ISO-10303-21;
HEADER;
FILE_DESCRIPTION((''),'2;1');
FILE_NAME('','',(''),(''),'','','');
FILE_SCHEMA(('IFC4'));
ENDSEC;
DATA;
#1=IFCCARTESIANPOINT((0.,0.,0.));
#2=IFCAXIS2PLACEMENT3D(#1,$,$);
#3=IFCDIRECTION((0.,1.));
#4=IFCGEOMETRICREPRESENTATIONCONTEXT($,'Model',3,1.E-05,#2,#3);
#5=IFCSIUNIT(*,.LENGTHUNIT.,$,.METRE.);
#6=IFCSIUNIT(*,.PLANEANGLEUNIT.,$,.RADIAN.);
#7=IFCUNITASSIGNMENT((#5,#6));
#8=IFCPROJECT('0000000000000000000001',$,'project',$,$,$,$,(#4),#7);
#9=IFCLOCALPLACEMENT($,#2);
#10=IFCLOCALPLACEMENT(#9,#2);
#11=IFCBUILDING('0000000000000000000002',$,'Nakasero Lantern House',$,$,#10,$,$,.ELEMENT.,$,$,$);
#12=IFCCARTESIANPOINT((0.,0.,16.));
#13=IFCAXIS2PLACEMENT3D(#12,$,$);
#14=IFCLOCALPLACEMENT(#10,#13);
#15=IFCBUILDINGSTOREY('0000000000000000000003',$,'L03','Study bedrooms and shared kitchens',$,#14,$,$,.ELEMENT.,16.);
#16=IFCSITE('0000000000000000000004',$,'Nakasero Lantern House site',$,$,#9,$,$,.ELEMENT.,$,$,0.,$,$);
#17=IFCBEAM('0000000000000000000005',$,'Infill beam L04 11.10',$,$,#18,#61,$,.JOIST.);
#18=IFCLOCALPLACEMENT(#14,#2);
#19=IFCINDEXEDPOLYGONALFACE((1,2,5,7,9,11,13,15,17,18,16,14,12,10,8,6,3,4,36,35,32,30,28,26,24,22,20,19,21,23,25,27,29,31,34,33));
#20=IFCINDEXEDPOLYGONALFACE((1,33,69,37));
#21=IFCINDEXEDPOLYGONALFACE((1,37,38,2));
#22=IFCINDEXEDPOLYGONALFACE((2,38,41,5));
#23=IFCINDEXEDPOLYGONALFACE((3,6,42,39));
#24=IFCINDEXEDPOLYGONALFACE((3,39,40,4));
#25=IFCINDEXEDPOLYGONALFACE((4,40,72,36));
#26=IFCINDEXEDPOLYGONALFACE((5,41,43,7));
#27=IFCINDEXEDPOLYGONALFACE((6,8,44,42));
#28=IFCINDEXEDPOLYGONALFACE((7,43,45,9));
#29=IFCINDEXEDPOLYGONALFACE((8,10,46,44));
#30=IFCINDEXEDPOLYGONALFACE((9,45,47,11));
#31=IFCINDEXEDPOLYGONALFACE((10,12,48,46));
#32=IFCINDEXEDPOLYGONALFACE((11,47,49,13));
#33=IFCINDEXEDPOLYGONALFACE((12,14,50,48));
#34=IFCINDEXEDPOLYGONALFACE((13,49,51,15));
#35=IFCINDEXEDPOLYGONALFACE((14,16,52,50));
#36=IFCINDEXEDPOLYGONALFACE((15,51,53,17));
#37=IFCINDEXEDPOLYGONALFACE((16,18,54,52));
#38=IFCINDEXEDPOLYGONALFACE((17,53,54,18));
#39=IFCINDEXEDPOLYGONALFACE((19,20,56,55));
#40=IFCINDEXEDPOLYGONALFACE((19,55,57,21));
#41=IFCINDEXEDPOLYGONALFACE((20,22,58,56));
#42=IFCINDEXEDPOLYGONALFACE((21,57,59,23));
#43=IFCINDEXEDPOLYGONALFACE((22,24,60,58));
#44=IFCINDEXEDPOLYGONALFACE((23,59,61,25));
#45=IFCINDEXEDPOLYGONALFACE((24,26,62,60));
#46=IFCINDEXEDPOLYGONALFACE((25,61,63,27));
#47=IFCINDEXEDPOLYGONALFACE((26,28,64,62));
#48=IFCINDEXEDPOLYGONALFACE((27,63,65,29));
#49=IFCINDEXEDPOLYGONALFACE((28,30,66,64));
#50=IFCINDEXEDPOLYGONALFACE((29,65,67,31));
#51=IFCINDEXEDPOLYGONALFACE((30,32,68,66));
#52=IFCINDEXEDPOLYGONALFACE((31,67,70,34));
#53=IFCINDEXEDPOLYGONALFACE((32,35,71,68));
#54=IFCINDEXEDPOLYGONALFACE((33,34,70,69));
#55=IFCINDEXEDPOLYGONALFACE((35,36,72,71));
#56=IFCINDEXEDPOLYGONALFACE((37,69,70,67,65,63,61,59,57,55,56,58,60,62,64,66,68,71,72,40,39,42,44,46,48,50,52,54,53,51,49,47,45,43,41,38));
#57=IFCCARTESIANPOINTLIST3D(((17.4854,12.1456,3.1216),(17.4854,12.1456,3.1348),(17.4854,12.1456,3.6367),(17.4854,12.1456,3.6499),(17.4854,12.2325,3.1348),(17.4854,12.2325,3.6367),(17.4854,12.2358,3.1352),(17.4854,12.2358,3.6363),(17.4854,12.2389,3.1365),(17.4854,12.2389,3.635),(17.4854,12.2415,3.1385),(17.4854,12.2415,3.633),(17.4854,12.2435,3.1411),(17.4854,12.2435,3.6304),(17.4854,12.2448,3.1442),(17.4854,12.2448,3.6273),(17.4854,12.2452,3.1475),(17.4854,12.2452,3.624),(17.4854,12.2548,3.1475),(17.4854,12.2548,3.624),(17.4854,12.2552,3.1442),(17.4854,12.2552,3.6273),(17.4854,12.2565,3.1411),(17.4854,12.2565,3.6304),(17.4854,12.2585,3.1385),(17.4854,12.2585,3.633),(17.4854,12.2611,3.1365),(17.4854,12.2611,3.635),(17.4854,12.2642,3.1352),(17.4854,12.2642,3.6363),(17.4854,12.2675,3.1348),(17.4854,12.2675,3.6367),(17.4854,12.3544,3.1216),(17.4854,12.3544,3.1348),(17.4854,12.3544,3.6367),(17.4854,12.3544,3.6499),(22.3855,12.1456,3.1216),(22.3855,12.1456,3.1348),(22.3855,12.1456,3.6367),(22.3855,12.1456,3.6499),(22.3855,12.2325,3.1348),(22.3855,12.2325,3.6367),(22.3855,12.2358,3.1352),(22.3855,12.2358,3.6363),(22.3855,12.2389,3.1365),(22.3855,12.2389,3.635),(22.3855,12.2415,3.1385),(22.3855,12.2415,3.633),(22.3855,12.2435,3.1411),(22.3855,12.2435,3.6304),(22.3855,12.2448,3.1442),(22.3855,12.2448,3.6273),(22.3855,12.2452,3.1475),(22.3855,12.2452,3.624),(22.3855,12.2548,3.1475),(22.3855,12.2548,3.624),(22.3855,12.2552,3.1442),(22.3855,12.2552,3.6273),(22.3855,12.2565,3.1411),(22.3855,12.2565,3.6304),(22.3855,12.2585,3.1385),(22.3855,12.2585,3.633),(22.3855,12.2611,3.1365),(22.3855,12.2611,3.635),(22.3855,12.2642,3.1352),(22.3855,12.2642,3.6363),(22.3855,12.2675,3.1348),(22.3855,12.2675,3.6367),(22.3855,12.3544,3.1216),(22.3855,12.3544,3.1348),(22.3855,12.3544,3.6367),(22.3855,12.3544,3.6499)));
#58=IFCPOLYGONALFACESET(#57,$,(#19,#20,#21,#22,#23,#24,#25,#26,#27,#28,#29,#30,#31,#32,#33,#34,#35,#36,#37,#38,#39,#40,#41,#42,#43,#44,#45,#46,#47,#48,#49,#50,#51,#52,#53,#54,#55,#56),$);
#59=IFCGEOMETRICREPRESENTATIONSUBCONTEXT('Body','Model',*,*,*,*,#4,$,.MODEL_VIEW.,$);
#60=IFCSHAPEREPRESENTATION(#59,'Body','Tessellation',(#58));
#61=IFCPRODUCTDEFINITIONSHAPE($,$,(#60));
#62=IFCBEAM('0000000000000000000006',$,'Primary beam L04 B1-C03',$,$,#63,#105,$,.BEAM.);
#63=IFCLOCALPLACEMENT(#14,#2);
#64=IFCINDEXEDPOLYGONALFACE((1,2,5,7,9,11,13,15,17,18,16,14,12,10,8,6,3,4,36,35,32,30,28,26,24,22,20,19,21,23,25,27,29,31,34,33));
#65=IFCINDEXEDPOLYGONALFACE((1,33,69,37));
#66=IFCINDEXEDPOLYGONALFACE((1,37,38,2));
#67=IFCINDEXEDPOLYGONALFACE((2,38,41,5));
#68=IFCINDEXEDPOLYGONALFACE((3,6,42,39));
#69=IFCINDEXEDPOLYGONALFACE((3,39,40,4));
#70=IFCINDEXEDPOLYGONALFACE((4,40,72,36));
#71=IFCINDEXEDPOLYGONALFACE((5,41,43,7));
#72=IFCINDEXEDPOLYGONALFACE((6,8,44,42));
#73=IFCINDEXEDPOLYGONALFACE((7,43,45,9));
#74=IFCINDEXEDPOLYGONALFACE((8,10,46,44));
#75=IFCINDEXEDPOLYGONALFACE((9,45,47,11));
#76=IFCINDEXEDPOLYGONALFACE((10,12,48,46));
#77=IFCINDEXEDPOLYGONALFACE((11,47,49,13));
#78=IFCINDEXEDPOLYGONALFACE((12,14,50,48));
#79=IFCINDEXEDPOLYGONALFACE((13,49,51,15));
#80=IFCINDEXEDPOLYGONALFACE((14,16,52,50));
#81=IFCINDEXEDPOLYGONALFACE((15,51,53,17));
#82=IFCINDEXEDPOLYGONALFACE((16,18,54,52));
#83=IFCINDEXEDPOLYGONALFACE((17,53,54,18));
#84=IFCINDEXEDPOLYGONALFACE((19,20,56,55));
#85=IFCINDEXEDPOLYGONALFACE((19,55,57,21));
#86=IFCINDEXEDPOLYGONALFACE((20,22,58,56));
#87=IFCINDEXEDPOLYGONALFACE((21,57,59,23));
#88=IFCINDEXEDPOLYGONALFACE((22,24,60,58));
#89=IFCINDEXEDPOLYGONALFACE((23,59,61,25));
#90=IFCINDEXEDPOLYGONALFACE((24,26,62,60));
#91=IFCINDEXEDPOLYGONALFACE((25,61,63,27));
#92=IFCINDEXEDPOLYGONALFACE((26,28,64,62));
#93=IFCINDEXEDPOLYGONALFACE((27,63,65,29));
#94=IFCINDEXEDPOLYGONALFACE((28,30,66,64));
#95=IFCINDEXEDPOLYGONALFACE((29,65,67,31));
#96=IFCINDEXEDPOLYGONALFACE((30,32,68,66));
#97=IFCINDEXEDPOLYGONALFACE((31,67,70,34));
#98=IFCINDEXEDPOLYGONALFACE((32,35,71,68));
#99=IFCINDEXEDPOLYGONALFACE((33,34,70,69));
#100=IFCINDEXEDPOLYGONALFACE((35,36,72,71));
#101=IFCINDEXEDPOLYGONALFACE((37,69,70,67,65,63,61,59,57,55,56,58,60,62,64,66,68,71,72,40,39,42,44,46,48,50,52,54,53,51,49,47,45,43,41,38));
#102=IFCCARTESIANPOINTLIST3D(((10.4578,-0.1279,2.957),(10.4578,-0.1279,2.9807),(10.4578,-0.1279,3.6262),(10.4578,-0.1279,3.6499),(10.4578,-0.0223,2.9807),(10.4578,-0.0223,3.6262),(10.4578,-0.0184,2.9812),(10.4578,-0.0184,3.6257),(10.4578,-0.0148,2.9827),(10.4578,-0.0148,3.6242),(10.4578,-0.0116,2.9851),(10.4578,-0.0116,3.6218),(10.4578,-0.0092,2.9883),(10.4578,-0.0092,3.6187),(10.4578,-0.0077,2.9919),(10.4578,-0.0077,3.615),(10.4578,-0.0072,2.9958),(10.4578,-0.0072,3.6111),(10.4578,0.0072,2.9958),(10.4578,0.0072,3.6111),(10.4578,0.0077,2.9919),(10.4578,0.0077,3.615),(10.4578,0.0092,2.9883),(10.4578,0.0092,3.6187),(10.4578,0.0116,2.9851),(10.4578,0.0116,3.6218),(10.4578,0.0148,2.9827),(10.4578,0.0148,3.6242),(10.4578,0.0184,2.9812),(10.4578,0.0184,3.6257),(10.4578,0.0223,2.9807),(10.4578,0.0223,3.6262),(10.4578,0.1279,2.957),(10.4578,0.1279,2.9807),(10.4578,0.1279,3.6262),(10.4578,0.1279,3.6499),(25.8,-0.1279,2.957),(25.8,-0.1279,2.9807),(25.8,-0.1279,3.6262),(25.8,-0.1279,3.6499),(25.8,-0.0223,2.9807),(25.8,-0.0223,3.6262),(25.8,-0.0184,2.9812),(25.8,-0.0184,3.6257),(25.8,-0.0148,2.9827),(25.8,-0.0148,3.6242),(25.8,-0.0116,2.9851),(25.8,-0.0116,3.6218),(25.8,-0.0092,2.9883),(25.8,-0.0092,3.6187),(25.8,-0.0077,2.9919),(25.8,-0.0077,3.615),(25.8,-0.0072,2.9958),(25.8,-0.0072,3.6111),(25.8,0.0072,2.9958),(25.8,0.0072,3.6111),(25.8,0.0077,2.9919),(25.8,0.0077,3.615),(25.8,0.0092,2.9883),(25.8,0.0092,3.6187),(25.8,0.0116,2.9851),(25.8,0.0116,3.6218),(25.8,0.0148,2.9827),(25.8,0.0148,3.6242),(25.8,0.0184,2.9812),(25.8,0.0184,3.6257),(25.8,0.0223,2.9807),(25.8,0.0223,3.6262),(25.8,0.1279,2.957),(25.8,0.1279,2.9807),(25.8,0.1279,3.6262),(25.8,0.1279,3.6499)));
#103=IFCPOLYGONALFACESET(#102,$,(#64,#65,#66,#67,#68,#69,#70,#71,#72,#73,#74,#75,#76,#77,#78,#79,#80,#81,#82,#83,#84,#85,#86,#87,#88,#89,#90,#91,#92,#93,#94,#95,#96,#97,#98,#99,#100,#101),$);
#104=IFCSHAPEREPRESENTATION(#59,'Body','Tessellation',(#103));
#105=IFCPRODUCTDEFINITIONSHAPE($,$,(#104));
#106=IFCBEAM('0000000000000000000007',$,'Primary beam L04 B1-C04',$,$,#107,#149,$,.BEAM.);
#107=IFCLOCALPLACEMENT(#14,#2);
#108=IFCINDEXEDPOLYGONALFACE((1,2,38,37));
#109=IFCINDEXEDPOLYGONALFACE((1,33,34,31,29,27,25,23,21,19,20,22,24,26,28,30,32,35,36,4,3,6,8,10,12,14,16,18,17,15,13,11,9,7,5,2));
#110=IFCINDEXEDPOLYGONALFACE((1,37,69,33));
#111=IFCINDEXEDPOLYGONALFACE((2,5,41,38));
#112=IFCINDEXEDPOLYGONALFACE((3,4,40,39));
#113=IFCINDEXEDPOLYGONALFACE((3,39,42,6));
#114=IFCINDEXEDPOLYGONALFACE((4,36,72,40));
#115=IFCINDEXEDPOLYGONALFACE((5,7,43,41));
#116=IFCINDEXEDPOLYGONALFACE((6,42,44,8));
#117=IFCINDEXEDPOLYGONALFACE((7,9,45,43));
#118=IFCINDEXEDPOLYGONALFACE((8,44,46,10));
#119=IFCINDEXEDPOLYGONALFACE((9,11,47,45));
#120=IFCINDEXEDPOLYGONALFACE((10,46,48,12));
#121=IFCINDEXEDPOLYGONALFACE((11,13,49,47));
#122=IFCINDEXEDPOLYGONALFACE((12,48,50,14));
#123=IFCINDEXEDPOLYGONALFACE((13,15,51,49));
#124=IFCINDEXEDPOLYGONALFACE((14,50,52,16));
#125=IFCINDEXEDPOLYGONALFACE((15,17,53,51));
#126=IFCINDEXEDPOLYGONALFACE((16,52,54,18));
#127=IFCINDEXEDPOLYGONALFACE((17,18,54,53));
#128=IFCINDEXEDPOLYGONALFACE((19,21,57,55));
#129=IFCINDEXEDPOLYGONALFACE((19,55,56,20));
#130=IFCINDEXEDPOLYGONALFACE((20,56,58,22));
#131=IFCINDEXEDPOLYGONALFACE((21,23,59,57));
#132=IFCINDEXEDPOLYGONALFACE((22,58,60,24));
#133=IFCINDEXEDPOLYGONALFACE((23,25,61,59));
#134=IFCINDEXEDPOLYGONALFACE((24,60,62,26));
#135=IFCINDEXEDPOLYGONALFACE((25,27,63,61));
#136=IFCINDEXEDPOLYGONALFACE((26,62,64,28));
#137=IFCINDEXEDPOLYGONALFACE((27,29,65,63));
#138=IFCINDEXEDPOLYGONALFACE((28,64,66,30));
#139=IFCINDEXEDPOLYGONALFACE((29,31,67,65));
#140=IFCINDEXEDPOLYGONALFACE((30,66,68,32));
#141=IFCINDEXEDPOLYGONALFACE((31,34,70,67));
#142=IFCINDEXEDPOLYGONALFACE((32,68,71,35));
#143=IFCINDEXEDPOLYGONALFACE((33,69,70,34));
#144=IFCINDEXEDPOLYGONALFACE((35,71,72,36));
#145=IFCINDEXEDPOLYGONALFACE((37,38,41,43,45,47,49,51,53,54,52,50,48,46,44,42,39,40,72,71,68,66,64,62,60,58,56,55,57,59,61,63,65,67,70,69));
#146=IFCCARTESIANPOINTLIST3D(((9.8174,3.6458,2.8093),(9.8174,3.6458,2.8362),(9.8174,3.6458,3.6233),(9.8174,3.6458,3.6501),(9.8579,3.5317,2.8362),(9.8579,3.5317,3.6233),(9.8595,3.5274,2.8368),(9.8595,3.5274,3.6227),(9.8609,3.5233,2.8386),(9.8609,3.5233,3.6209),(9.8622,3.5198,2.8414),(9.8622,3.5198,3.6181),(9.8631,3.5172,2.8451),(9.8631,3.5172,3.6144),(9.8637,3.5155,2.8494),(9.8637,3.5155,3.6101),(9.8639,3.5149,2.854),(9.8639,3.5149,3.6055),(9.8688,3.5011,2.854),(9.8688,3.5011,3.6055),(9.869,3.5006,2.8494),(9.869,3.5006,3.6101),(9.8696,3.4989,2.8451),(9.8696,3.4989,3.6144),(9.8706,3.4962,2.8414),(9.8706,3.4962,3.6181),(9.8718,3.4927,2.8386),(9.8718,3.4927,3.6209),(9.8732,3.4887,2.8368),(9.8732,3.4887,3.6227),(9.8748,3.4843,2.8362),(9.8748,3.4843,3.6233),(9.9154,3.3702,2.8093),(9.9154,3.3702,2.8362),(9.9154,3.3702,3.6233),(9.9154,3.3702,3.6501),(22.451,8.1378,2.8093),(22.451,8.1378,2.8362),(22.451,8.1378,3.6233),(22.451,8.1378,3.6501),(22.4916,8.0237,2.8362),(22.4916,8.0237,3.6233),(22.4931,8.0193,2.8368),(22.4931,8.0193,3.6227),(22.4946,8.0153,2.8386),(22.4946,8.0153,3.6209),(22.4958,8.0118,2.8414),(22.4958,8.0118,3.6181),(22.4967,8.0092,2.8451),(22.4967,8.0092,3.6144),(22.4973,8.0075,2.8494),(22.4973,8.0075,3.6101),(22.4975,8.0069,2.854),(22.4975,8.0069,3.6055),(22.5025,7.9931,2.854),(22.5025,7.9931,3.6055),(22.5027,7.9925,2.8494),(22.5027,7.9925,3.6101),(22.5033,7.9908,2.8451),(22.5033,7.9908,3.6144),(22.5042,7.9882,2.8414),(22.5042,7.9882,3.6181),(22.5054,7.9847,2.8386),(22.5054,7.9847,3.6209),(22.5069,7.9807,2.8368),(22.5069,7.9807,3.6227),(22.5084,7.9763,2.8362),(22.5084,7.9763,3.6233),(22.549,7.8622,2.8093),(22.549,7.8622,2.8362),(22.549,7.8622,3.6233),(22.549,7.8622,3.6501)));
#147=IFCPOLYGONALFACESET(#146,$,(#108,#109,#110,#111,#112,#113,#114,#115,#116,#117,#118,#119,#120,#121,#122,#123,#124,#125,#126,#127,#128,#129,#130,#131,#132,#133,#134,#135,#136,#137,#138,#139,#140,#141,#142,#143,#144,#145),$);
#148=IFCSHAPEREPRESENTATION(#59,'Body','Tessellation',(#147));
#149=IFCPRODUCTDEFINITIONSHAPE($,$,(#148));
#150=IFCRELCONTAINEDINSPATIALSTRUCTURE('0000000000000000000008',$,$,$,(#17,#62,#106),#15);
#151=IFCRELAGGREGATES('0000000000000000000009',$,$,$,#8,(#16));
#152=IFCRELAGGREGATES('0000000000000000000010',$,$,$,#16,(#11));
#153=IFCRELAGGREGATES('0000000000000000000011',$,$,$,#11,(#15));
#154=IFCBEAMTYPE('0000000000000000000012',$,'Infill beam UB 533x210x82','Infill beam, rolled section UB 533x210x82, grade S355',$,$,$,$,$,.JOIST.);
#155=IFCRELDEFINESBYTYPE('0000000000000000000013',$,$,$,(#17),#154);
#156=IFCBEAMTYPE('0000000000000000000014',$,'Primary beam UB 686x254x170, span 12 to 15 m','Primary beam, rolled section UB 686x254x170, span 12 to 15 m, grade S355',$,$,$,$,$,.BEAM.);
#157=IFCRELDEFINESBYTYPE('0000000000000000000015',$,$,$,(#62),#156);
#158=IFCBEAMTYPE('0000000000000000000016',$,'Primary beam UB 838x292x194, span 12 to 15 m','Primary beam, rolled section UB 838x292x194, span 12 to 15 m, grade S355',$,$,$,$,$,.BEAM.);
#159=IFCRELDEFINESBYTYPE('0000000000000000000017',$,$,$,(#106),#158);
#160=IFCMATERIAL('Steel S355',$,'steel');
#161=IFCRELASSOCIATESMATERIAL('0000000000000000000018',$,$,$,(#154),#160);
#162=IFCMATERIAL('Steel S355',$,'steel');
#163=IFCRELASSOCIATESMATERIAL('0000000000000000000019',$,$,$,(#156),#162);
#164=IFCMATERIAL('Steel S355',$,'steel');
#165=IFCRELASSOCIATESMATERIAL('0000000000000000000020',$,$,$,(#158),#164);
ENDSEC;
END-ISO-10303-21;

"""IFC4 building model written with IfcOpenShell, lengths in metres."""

from ifc_helpers import new_model, si_unit, direction, frame, origin, origin_2d, place, context, subcontext, project, spatial, i_section, extrude, material, material_profile, profile_set, type_object, element, save


model = new_model("IFC4")

# Units and contexts
model_context = context("Model", 3, precision=1e-05, world=origin(), true_north=direction((0.0, 1.0)))
body_context = subcontext(model_context, "Body", "Model", "MODEL_VIEW")
ifc_project = project(units=[si_unit("LENGTHUNIT", "METRE"), si_unit("PLANEANGLEUNIT", "RADIAN")], contexts=[model_context])

# Site, building, storey
site_placement = place(None, origin())
site = spatial("IfcSite", under=ifc_project, at=site_placement, Name="Nakasero Lantern House site", CompositionType="ELEMENT", RefElevation=0.0)
building_placement = place(site_placement, origin())
building = spatial("IfcBuilding", under=site, at=building_placement, Name="Nakasero Lantern House", CompositionType="ELEMENT")
storey_placement = place(building_placement, frame((0.0, 0.0, 16.0)))
storey = spatial("IfcBuildingStorey", under=building, at=storey_placement, Name="L03", Description="Study bedrooms and shared kitchens", CompositionType="ELEMENT", Elevation=16.0)

# Beams
ifc_material_1 = material(Name="Steel S355", Category="steel")
ifc_material_profile_1 = material_profile(ifc_material_1, i_section(OverallWidth=0.2087, OverallDepth=0.5283, WebThickness=0.0095, FlangeThickness=0.0132, FilletRadius=0.0127, at=origin_2d()), Name="UB 533x210x82")
ifc_profile_set_1 = profile_set([ifc_material_profile_1], Name="Steel S355")
beam_type_1 = type_object("IfcBeamType", Name="Infill beam UB 533x210x82", Description="Infill beam, rolled section UB 533x210x82, grade S355", PredefinedType="JOIST", material=ifc_profile_set_1)
beam_1_placement = place(storey_placement, frame((17.4854, 12.25, 3.3857), z_axis=(1.0, 0.0, 0.0), x_axis=(0.0, 1.0, 0.0)))
element("IfcBeam", 1, at=beam_1_placement, inside=storey, type_object=beam_type_1, Name="Infill beam L04 11.10", PredefinedType="JOIST", context=body_context, shape_type="SweptSolid", body=[
    extrude(i_section(OverallWidth=0.2087, OverallDepth=0.5283, WebThickness=0.0095, FlangeThickness=0.0132, FilletRadius=0.0127, at=origin_2d()), origin(), (0.0, 0.0, 1.0), 4.9001),
])
ifc_material_2 = material(Name="Steel S355", Category="steel")
ifc_material_profile_2 = material_profile(ifc_material_2, i_section(OverallWidth=0.2559, OverallDepth=0.6929, WebThickness=0.0144, FlangeThickness=0.0237, FilletRadius=0.0151, at=origin_2d()), Name="UB 686x254x170")
ifc_profile_set_2 = profile_set([ifc_material_profile_2], Name="Steel S355")
beam_type_2 = type_object("IfcBeamType", Name="Primary beam UB 686x254x170, span 12 to 15 m", Description="Primary beam, rolled section UB 686x254x170, span 12 to 15 m, grade S355", PredefinedType="BEAM", material=ifc_profile_set_2)
beam_2_placement = place(storey_placement, frame((25.8, 0.0, 3.3035), z_axis=(-1.0, 0.0, 0.0), x_axis=(0.0, -1.0, 0.0)))
element("IfcBeam", 2, at=beam_2_placement, inside=storey, type_object=beam_type_2, Name="Primary beam L04 B1-C03", PredefinedType="BEAM", context=body_context, shape_type="SweptSolid", body=[
    extrude(i_section(OverallWidth=0.2559, OverallDepth=0.6929, WebThickness=0.0144, FlangeThickness=0.0237, FilletRadius=0.0151, at=origin_2d()), origin(), (0.0, 0.0, 1.0), 15.3423),
])
ifc_material_3 = material(Name="Steel S355", Category="steel")
ifc_material_profile_3 = material_profile(ifc_material_3, i_section(OverallWidth=0.2925, OverallDepth=0.8408, WebThickness=0.0146, FlangeThickness=0.0269, FilletRadius=0.0178, at=origin_2d()), Name="UB 838x292x194")
ifc_profile_set_3 = profile_set([ifc_material_profile_3], Name="Steel S355")
beam_type_3 = type_object("IfcBeamType", Name="Primary beam UB 838x292x194, span 12 to 15 m", Description="Primary beam, rolled section UB 838x292x194, span 12 to 15 m, grade S355", PredefinedType="BEAM", material=ifc_profile_set_3)
beam_3_placement = place(storey_placement, frame((22.5, 8.0, 3.2297), z_axis=(-0.942214, -0.335011, 0.0), x_axis=(0.335011, -0.942214, 0.0)))
element("IfcBeam", 3, at=beam_3_placement, inside=storey, type_object=beam_type_3, Name="Primary beam L04 B1-C04", PredefinedType="BEAM", context=body_context, shape_type="SweptSolid", body=[
    extrude(i_section(OverallWidth=0.2925, OverallDepth=0.8408, WebThickness=0.0146, FlangeThickness=0.0269, FilletRadius=0.0178, at=origin_2d()), origin(), (0.0, 0.0, 1.0), 13.4084),
])

save(model, "model.ifc")
